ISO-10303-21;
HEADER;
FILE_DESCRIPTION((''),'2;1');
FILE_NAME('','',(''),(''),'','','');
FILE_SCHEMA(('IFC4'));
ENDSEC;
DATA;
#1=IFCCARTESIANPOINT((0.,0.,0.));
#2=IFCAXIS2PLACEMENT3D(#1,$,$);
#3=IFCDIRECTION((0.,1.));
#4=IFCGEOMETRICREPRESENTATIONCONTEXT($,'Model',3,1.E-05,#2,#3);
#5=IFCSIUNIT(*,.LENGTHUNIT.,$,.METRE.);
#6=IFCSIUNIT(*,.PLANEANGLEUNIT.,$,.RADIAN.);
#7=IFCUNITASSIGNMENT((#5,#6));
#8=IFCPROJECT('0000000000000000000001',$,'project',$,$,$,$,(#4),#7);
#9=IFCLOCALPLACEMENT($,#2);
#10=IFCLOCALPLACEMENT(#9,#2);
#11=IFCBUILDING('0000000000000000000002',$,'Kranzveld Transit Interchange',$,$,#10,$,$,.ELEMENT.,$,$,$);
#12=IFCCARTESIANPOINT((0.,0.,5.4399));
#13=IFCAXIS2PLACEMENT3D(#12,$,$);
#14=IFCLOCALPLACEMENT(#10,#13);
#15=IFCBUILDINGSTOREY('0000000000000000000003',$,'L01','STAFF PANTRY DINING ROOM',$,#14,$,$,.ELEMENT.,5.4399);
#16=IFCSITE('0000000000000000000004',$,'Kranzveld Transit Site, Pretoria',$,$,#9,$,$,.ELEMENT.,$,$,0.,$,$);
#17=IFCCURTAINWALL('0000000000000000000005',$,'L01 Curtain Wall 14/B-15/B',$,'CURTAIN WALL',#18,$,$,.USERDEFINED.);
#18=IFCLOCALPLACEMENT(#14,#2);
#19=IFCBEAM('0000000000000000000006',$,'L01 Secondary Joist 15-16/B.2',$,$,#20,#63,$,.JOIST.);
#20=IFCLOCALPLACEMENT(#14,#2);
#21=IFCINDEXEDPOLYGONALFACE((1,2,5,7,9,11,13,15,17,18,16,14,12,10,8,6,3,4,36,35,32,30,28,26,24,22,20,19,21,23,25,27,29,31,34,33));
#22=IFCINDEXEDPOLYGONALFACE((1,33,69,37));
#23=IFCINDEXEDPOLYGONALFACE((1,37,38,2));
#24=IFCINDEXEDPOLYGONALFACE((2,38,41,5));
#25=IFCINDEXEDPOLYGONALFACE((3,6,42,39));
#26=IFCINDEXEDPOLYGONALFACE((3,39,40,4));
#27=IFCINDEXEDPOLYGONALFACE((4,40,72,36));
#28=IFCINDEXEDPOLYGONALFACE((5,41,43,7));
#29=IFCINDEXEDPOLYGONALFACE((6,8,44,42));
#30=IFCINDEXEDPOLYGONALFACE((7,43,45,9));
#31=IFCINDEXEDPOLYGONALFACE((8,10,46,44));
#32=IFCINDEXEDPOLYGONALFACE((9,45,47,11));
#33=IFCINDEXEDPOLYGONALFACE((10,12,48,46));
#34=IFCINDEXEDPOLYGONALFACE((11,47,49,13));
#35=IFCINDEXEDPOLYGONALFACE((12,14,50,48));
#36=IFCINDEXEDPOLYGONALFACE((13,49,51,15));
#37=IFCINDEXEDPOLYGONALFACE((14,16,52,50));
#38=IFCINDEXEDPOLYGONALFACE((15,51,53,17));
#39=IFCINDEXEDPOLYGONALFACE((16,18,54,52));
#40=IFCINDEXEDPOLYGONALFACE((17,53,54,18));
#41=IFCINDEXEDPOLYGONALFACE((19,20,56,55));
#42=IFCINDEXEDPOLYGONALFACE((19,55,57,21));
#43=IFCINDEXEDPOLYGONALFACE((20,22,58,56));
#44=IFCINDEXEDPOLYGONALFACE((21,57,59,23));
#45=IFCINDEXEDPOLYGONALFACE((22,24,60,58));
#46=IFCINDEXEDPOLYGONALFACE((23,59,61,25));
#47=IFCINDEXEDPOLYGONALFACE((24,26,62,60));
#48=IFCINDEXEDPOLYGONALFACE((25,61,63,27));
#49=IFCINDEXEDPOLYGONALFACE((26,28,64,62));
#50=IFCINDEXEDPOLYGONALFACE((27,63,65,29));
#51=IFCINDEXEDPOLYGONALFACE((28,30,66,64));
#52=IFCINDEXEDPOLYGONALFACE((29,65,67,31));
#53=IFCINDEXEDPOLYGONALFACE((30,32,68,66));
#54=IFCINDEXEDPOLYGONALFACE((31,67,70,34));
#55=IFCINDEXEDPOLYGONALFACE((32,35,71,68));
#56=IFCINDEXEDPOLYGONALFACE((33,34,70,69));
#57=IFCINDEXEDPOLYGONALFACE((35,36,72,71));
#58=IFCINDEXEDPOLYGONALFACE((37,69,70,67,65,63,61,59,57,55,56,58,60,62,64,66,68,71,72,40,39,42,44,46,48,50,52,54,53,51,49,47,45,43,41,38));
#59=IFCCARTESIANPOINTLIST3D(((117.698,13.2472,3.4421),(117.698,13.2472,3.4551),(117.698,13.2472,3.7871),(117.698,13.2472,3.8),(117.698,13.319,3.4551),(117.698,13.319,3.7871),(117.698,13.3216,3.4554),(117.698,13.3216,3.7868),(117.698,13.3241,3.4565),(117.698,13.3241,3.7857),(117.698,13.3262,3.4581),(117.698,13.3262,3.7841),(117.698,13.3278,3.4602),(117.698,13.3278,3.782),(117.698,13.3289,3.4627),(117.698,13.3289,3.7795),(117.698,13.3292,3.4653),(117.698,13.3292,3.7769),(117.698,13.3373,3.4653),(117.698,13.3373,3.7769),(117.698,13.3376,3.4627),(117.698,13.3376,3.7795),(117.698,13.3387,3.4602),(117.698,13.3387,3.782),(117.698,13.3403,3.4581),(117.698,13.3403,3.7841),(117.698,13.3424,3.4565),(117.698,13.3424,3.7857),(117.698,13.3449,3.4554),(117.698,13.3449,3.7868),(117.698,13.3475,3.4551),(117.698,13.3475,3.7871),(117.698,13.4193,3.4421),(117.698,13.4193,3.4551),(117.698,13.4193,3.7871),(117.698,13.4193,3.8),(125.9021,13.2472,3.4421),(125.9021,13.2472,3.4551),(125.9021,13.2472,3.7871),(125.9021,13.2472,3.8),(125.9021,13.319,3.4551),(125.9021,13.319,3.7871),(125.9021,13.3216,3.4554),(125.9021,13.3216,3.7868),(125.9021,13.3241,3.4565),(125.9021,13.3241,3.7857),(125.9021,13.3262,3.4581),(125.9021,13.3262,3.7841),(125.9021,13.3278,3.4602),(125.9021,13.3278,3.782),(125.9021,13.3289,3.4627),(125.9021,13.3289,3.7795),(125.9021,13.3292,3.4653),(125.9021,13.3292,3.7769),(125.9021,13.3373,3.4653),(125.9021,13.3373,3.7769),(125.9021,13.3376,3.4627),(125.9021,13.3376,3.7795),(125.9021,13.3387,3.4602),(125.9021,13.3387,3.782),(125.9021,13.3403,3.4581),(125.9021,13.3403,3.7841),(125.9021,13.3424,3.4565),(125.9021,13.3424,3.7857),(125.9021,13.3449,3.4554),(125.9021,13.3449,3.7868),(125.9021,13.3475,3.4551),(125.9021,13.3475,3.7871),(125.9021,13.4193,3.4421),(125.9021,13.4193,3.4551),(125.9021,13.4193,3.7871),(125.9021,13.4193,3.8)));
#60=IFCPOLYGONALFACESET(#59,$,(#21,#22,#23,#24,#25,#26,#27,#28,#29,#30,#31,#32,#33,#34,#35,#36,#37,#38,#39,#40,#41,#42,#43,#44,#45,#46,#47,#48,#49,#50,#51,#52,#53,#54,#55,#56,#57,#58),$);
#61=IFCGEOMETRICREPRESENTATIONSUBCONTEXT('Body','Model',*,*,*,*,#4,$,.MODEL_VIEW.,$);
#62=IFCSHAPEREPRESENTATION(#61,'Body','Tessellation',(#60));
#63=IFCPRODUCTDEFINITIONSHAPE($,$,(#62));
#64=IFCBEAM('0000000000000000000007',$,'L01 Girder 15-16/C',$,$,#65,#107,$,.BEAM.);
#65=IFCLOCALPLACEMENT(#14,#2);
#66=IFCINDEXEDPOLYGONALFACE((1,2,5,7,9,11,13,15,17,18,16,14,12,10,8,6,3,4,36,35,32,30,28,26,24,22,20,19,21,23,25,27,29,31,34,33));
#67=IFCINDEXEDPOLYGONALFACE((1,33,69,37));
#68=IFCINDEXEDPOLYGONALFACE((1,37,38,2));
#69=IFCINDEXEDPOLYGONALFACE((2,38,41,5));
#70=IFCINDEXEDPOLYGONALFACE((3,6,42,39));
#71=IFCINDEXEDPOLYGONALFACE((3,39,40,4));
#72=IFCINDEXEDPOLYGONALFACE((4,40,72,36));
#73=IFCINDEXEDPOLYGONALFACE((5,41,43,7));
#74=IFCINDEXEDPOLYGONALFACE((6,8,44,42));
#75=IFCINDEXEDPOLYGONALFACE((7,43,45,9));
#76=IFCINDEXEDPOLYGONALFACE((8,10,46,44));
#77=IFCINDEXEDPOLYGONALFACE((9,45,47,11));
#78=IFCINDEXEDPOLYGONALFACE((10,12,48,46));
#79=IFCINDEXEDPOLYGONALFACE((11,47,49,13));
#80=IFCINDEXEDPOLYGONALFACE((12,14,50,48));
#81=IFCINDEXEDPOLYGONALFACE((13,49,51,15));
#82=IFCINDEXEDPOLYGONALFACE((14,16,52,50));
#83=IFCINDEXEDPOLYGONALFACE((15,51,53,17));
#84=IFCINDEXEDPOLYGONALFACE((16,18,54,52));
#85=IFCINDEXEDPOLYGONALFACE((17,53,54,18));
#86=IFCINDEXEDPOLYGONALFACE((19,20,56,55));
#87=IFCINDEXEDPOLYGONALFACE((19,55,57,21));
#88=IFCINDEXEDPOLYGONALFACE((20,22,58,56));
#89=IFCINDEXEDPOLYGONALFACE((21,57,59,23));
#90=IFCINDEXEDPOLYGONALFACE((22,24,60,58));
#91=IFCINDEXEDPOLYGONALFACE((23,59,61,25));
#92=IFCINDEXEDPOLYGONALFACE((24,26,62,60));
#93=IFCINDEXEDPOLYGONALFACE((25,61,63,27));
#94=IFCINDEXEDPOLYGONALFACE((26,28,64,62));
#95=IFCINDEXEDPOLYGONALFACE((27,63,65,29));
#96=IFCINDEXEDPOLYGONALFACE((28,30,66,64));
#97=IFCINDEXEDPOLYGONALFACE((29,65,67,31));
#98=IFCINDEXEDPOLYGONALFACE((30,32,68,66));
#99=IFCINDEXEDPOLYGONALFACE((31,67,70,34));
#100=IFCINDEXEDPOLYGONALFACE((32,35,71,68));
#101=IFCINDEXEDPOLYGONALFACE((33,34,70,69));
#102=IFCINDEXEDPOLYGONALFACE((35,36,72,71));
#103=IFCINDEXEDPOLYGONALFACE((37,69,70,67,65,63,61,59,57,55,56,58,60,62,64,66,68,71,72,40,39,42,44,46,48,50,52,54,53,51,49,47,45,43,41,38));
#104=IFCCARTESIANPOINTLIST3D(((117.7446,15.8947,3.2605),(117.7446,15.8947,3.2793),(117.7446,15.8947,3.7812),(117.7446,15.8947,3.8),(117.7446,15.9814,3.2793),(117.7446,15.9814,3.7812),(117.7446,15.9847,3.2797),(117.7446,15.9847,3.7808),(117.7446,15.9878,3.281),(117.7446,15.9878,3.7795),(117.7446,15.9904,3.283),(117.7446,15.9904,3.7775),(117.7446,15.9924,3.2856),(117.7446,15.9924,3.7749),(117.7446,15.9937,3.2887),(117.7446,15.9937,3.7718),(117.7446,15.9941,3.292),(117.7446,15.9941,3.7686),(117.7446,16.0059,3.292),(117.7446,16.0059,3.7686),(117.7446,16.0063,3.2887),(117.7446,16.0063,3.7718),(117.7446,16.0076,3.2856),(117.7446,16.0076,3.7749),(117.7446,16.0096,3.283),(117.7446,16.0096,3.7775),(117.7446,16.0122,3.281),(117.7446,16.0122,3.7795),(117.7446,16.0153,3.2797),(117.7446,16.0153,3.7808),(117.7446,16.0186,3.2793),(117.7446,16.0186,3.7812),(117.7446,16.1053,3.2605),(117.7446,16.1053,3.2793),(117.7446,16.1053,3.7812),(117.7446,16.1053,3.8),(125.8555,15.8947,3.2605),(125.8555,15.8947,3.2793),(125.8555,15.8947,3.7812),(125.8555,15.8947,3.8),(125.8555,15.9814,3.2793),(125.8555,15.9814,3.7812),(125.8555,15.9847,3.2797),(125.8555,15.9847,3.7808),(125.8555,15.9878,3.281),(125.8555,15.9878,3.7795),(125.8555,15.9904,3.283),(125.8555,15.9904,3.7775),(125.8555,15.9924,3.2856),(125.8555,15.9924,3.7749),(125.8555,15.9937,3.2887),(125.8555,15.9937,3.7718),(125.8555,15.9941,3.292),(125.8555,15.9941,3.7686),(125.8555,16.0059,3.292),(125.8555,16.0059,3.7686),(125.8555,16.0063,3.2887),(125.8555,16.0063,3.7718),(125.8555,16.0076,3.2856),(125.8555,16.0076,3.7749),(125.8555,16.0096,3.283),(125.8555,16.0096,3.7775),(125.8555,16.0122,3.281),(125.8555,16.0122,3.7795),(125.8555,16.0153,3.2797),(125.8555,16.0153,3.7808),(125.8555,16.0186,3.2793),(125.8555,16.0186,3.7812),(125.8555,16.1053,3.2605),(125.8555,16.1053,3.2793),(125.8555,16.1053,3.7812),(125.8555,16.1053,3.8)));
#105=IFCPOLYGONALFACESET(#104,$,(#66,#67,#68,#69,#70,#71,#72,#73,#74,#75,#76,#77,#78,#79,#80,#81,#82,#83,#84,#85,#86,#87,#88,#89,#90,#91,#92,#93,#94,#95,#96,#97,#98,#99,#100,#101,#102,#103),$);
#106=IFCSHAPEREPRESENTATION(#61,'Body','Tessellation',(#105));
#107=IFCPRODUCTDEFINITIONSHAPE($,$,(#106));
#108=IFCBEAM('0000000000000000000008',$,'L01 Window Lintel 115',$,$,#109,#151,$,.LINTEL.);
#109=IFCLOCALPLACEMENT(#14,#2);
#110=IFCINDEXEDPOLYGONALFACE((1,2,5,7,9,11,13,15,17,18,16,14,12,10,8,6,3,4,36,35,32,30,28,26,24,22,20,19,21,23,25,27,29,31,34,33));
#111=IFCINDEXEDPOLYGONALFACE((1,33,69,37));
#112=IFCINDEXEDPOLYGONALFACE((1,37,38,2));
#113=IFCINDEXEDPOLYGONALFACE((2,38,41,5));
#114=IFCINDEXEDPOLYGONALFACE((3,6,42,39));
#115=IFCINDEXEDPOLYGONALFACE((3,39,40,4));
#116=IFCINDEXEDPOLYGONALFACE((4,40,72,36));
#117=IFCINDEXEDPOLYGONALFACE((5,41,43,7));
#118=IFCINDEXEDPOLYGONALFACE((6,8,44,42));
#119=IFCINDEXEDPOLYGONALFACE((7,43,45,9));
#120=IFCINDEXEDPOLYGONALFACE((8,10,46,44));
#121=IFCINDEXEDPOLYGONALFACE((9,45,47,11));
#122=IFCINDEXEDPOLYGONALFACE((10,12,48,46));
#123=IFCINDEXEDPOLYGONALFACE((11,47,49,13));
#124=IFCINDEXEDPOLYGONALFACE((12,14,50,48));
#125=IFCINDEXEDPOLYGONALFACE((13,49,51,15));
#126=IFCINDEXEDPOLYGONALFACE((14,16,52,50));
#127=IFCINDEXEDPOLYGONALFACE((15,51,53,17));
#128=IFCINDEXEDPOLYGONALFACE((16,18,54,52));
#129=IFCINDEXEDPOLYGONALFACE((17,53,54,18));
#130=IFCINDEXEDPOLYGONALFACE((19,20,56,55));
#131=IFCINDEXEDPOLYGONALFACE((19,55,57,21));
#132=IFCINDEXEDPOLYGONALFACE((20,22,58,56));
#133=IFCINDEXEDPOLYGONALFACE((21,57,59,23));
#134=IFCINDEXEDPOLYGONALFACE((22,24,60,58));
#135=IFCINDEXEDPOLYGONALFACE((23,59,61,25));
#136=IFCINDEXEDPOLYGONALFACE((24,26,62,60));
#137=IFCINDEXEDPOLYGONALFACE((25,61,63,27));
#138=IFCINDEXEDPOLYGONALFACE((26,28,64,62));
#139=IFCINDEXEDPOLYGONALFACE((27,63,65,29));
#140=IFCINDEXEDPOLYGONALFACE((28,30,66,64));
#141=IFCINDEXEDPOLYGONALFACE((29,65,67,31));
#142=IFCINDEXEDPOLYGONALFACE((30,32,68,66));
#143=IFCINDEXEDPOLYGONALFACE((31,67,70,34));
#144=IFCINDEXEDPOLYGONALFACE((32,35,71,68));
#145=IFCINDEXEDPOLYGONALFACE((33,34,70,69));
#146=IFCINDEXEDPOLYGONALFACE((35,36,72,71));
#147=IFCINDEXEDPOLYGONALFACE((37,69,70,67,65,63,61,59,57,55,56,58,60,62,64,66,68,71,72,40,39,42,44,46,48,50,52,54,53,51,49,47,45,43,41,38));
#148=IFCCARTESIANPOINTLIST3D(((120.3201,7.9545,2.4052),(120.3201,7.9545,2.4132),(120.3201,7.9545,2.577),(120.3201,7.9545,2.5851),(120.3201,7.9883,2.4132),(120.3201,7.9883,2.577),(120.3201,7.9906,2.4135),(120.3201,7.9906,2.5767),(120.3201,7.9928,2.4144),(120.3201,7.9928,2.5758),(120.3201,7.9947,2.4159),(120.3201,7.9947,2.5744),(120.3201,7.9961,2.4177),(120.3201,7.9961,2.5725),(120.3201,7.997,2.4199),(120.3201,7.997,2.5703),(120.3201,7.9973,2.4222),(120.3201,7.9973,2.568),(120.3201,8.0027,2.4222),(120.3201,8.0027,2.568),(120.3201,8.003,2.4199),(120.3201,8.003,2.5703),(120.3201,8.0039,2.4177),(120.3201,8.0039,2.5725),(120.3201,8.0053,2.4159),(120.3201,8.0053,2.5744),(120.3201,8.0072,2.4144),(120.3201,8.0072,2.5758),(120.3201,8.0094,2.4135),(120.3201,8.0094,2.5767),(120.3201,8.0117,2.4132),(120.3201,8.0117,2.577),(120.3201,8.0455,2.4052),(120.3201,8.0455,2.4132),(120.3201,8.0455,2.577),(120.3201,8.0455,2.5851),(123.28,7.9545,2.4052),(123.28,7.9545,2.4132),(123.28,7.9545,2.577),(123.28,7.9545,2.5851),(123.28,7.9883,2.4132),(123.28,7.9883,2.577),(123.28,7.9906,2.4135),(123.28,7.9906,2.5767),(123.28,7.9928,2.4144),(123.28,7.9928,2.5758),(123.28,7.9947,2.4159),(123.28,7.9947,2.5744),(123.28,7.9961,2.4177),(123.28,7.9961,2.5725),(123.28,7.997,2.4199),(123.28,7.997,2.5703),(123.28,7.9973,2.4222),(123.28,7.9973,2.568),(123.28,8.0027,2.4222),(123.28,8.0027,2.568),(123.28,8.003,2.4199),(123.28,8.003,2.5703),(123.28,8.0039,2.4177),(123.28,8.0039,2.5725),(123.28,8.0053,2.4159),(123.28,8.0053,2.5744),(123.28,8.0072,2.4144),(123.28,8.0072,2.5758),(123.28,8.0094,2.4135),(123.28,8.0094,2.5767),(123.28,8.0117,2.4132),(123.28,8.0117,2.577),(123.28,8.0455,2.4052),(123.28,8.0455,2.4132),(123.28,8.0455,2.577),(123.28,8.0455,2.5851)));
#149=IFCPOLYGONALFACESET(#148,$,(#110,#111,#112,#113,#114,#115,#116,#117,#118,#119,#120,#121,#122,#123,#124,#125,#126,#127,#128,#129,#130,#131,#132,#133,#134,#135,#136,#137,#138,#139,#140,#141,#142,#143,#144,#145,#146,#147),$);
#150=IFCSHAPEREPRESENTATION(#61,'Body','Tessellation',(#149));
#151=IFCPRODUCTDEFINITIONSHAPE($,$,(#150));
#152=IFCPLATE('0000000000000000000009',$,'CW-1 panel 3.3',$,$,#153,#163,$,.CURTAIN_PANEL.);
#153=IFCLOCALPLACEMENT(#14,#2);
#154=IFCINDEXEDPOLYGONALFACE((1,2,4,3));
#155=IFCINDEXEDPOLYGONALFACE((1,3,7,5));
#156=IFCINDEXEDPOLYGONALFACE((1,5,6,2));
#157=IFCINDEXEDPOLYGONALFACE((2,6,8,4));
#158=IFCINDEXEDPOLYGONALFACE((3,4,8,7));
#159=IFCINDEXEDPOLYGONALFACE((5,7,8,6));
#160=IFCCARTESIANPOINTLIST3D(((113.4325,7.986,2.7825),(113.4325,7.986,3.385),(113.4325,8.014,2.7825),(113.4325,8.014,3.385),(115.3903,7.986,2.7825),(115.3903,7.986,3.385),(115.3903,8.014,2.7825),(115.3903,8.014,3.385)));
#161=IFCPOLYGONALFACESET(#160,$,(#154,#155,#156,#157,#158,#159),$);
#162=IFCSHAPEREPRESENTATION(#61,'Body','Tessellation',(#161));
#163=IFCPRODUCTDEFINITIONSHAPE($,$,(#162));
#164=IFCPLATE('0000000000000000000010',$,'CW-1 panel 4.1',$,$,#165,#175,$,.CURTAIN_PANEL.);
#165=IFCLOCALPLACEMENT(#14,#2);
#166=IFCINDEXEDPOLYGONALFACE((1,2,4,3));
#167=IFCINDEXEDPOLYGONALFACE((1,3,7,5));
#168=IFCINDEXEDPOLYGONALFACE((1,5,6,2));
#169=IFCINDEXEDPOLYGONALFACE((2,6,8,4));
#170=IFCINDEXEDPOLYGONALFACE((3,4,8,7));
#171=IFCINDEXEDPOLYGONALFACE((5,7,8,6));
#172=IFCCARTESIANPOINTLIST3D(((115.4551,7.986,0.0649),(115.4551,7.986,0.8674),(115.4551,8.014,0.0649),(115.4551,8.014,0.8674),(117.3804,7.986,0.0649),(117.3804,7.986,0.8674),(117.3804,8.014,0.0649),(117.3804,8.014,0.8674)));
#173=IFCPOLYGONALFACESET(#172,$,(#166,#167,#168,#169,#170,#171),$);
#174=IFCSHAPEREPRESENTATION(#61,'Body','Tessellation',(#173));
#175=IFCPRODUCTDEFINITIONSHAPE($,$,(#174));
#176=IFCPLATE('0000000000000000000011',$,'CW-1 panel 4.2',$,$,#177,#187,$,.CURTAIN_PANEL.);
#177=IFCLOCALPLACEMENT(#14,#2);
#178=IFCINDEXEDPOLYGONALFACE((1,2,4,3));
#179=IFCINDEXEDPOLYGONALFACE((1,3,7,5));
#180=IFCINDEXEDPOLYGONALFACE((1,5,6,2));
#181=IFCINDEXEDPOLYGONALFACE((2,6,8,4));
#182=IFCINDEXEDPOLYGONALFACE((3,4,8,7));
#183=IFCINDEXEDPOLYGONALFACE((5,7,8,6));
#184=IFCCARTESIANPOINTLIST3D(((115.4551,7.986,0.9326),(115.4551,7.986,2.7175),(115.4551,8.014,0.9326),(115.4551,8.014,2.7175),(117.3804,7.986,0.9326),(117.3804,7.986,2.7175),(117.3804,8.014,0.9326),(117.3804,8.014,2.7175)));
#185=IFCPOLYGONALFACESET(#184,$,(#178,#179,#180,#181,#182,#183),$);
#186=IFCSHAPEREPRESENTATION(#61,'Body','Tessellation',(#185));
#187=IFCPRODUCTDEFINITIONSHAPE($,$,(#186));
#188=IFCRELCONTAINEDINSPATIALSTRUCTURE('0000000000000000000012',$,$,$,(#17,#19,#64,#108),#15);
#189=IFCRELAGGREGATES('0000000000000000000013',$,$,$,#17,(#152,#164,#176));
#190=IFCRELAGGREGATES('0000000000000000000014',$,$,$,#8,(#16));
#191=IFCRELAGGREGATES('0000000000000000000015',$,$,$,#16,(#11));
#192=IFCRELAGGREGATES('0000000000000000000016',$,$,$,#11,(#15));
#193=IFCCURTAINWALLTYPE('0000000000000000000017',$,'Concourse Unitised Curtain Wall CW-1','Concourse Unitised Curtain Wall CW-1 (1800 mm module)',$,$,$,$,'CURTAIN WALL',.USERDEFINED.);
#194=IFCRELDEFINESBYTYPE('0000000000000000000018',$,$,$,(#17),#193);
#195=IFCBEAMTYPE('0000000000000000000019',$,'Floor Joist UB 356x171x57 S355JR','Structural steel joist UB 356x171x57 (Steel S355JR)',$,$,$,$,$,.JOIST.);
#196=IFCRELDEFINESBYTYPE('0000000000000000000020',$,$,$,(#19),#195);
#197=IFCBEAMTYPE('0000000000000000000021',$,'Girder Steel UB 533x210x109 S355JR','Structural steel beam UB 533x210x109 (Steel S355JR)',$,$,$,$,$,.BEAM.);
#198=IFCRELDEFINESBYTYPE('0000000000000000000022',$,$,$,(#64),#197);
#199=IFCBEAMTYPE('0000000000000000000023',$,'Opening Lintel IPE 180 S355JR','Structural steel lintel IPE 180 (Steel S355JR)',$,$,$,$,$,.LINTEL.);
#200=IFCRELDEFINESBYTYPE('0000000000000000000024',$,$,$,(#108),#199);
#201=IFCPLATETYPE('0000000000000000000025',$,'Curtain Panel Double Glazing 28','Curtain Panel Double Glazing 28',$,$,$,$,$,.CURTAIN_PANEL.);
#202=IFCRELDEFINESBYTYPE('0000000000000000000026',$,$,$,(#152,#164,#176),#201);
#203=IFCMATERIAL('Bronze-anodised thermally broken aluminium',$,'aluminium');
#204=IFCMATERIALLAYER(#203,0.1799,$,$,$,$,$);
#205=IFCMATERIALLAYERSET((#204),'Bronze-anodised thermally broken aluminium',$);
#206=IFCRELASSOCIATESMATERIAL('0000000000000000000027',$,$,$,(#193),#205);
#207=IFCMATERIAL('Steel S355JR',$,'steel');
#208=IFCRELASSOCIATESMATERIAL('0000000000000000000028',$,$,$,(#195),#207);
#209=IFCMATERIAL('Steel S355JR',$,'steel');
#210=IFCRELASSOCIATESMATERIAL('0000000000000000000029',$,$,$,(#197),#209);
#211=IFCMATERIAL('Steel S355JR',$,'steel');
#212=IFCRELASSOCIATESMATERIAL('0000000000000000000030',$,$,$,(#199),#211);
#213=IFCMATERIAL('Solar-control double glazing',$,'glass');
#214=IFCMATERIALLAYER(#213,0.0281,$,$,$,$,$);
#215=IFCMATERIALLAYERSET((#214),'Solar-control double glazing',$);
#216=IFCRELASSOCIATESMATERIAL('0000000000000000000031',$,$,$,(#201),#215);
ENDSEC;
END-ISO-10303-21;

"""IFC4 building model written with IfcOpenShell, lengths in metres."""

from ifc_helpers import new_model, si_unit, direction, frame, origin, origin_2d, place, context, subcontext, project, spatial, rectangle, i_section, extrude, material, layer, layer_set, material_profile, profile_set, type_object, element, aggregate, save


model = new_model("IFC4")

# Units and contexts
model_context = context("Model", 3, precision=1e-05, world=origin(), true_north=direction((0.0, 1.0)))
body_context = subcontext(model_context, "Body", "Model", "MODEL_VIEW")
ifc_project = project(units=[si_unit("LENGTHUNIT", "METRE"), si_unit("PLANEANGLEUNIT", "RADIAN")], contexts=[model_context])

# Site, building, storey
site_placement = place(None, origin())
site = spatial("IfcSite", under=ifc_project, at=site_placement, Name="Kranzveld Transit Site, Pretoria", CompositionType="ELEMENT", RefElevation=0.0)
building_placement = place(site_placement, origin())
building = spatial("IfcBuilding", under=site, at=building_placement, Name="Kranzveld Transit Interchange", CompositionType="ELEMENT")
storey_placement = place(building_placement, frame((0.0, 0.0, 5.4399)))
storey = spatial("IfcBuildingStorey", under=building, at=storey_placement, Name="L01", Description="STAFF PANTRY DINING ROOM", CompositionType="ELEMENT", Elevation=5.4399)

# Curtain wall
ifc_material_1 = material(Name="Bronze-anodised thermally broken aluminium", Category="aluminium")
ifc_layer_1 = layer(ifc_material_1, 0.1799)
ifc_layer_set_1 = layer_set([ifc_layer_1], Name="Bronze-anodised thermally broken aluminium")
curtain_wall_type = type_object("IfcCurtainWallType", Name="Concourse Unitised Curtain Wall CW-1", Description="Concourse Unitised Curtain Wall CW-1 (1800 mm module)", ElementType="CURTAIN WALL", PredefinedType="USERDEFINED", material=ifc_layer_set_1)
curtain_wall_placement = place(storey_placement, origin())
curtain_wall = element("IfcCurtainWall", 1, at=curtain_wall_placement, inside=storey, type_object=curtain_wall_type, Name="L01 Curtain Wall 14/B-15/B", ObjectType="CURTAIN WALL", PredefinedType="USERDEFINED")

# Beams
ifc_material_2 = material(Name="Steel S355JR", Category="steel")
ifc_material_profile_1 = material_profile(ifc_material_2, i_section(OverallWidth=0.1721, OverallDepth=0.3579, WebThickness=0.0081, FlangeThickness=0.0129, FilletRadius=0.0103, at=origin_2d()), Name="UB 356x171x57")
ifc_profile_set_1 = profile_set([ifc_material_profile_1], Name="Steel S355JR")
beam_type_1 = type_object("IfcBeamType", Name="Floor Joist UB 356x171x57 S355JR", Description="Structural steel joist UB 356x171x57 (Steel S355JR)", PredefinedType="JOIST", material=ifc_profile_set_1)
for number, where, z_axis, x_axis, name in (
    (2, (117.698, 13.3333, 3.6211), (1.0, 0.0, 0.0), (0.0, 1.0, 0.0), "L01 Secondary Joist 15-16/B.2"),
):
    element("IfcBeam", number, at=place(storey_placement, frame(where, z_axis=z_axis, x_axis=x_axis)), inside=storey, type_object=beam_type_1, Name=name, PredefinedType="JOIST", context=body_context, shape_type="SweptSolid", body=[
        extrude(i_section(OverallWidth=0.1721, OverallDepth=0.3579, WebThickness=0.0081, FlangeThickness=0.0129, FilletRadius=0.0103, at=origin_2d()), origin(), (0.0, 0.0, 1.0), 8.2041),
    ])
ifc_material_3 = material(Name="Steel S355JR", Category="steel")
ifc_material_profile_2 = material_profile(ifc_material_3, i_section(OverallWidth=0.2107, OverallDepth=0.5396, WebThickness=0.0117, FlangeThickness=0.0188, FilletRadius=0.0127, at=origin_2d()), Name="UB 533x210x109")
ifc_profile_set_2 = profile_set([ifc_material_profile_2], Name="Steel S355JR")
beam_type_2 = type_object("IfcBeamType", Name="Girder Steel UB 533x210x109 S355JR", Description="Structural steel beam UB 533x210x109 (Steel S355JR)", PredefinedType="BEAM", material=ifc_profile_set_2)
beam_1_placement = place(storey_placement, frame((117.7446, 16.0, 3.5303), z_axis=(1.0, 0.0, 0.0), x_axis=(0.0, 1.0, 0.0)))
element("IfcBeam", 3, at=beam_1_placement, inside=storey, type_object=beam_type_2, Name="L01 Girder 15-16/C", PredefinedType="BEAM", context=body_context, shape_type="SweptSolid", body=[
    extrude(i_section(OverallWidth=0.2107, OverallDepth=0.5396, WebThickness=0.0117, FlangeThickness=0.0188, FilletRadius=0.0127, at=origin_2d()), origin(), (0.0, 0.0, 1.0), 8.1108),
])
ifc_material_4 = material(Name="Steel S355JR", Category="steel")
ifc_material_profile_3 = material_profile(ifc_material_4, i_section(OverallWidth=0.0911, OverallDepth=0.1799, WebThickness=0.0054, FlangeThickness=0.0081, FilletRadius=0.009, at=origin_2d()), Name="IPE 180")
ifc_profile_set_3 = profile_set([ifc_material_profile_3], Name="Steel S355JR")
beam_type_3 = type_object("IfcBeamType", Name="Opening Lintel IPE 180 S355JR", Description="Structural steel lintel IPE 180 (Steel S355JR)", PredefinedType="LINTEL", material=ifc_profile_set_3)
beam_2_placement = place(storey_placement, frame((120.3201, 8.0, 2.4951), z_axis=(1.0, 0.0, 0.0), x_axis=(0.0, 1.0, 0.0)))
element("IfcBeam", 4, at=beam_2_placement, inside=storey, type_object=beam_type_3, Name="L01 Window Lintel 115", PredefinedType="LINTEL", context=body_context, shape_type="SweptSolid", body=[
    extrude(i_section(OverallWidth=0.0911, OverallDepth=0.1799, WebThickness=0.0054, FlangeThickness=0.0081, FilletRadius=0.009, at=origin_2d()), origin(), (0.0, 0.0, 1.0), 2.96),
])

# Plates
ifc_material_5 = material(Name="Solar-control double glazing", Category="glass")
ifc_layer_2 = layer(ifc_material_5, 0.0281)
ifc_layer_set_2 = layer_set([ifc_layer_2], Name="Solar-control double glazing")
plate_type = type_object("IfcPlateType", Name="Curtain Panel Double Glazing 28", Description="Curtain Panel Double Glazing 28", PredefinedType="CURTAIN_PANEL", material=ifc_layer_set_2)
plate_1_placement = place(storey_placement, frame((114.4114, 8.0, 2.7825), z_axis=(0.0, 0.0, 1.0), x_axis=(1.0, 0.0, 0.0)))
plate_1 = element("IfcPlate", 5, at=plate_1_placement, type_object=plate_type, Name="CW-1 panel 3.3", PredefinedType="CURTAIN_PANEL", context=body_context, shape_type="SweptSolid", body=[
    extrude(rectangle(XDim=1.9578, YDim=0.0281, at=origin_2d()), origin(), (0.0, 0.0, 1.0), 0.6025),
])
plate_2_placement = place(storey_placement, frame((116.4177, 8.0, 0.0649), z_axis=(0.0, 0.0, 1.0), x_axis=(1.0, 0.0, 0.0)))
plate_2 = element("IfcPlate", 6, at=plate_2_placement, type_object=plate_type, Name="CW-1 panel 4.1", PredefinedType="CURTAIN_PANEL", context=body_context, shape_type="SweptSolid", body=[
    extrude(rectangle(XDim=1.9253, YDim=0.0281, at=origin_2d()), origin(), (0.0, 0.0, 1.0), 0.8025),
])
plate_3_placement = place(storey_placement, frame((116.4177, 8.0, 0.9326), z_axis=(0.0, 0.0, 1.0), x_axis=(1.0, 0.0, 0.0)))
plate_3 = element("IfcPlate", 7, at=plate_3_placement, type_object=plate_type, Name="CW-1 panel 4.2", PredefinedType="CURTAIN_PANEL", context=body_context, shape_type="SweptSolid", body=[
    extrude(rectangle(XDim=1.9253, YDim=0.0281, at=origin_2d()), origin(), (0.0, 0.0, 1.0), 1.7849),
])
aggregate(curtain_wall, [plate_1, plate_2, plate_3])

save(model, "model.ifc")
